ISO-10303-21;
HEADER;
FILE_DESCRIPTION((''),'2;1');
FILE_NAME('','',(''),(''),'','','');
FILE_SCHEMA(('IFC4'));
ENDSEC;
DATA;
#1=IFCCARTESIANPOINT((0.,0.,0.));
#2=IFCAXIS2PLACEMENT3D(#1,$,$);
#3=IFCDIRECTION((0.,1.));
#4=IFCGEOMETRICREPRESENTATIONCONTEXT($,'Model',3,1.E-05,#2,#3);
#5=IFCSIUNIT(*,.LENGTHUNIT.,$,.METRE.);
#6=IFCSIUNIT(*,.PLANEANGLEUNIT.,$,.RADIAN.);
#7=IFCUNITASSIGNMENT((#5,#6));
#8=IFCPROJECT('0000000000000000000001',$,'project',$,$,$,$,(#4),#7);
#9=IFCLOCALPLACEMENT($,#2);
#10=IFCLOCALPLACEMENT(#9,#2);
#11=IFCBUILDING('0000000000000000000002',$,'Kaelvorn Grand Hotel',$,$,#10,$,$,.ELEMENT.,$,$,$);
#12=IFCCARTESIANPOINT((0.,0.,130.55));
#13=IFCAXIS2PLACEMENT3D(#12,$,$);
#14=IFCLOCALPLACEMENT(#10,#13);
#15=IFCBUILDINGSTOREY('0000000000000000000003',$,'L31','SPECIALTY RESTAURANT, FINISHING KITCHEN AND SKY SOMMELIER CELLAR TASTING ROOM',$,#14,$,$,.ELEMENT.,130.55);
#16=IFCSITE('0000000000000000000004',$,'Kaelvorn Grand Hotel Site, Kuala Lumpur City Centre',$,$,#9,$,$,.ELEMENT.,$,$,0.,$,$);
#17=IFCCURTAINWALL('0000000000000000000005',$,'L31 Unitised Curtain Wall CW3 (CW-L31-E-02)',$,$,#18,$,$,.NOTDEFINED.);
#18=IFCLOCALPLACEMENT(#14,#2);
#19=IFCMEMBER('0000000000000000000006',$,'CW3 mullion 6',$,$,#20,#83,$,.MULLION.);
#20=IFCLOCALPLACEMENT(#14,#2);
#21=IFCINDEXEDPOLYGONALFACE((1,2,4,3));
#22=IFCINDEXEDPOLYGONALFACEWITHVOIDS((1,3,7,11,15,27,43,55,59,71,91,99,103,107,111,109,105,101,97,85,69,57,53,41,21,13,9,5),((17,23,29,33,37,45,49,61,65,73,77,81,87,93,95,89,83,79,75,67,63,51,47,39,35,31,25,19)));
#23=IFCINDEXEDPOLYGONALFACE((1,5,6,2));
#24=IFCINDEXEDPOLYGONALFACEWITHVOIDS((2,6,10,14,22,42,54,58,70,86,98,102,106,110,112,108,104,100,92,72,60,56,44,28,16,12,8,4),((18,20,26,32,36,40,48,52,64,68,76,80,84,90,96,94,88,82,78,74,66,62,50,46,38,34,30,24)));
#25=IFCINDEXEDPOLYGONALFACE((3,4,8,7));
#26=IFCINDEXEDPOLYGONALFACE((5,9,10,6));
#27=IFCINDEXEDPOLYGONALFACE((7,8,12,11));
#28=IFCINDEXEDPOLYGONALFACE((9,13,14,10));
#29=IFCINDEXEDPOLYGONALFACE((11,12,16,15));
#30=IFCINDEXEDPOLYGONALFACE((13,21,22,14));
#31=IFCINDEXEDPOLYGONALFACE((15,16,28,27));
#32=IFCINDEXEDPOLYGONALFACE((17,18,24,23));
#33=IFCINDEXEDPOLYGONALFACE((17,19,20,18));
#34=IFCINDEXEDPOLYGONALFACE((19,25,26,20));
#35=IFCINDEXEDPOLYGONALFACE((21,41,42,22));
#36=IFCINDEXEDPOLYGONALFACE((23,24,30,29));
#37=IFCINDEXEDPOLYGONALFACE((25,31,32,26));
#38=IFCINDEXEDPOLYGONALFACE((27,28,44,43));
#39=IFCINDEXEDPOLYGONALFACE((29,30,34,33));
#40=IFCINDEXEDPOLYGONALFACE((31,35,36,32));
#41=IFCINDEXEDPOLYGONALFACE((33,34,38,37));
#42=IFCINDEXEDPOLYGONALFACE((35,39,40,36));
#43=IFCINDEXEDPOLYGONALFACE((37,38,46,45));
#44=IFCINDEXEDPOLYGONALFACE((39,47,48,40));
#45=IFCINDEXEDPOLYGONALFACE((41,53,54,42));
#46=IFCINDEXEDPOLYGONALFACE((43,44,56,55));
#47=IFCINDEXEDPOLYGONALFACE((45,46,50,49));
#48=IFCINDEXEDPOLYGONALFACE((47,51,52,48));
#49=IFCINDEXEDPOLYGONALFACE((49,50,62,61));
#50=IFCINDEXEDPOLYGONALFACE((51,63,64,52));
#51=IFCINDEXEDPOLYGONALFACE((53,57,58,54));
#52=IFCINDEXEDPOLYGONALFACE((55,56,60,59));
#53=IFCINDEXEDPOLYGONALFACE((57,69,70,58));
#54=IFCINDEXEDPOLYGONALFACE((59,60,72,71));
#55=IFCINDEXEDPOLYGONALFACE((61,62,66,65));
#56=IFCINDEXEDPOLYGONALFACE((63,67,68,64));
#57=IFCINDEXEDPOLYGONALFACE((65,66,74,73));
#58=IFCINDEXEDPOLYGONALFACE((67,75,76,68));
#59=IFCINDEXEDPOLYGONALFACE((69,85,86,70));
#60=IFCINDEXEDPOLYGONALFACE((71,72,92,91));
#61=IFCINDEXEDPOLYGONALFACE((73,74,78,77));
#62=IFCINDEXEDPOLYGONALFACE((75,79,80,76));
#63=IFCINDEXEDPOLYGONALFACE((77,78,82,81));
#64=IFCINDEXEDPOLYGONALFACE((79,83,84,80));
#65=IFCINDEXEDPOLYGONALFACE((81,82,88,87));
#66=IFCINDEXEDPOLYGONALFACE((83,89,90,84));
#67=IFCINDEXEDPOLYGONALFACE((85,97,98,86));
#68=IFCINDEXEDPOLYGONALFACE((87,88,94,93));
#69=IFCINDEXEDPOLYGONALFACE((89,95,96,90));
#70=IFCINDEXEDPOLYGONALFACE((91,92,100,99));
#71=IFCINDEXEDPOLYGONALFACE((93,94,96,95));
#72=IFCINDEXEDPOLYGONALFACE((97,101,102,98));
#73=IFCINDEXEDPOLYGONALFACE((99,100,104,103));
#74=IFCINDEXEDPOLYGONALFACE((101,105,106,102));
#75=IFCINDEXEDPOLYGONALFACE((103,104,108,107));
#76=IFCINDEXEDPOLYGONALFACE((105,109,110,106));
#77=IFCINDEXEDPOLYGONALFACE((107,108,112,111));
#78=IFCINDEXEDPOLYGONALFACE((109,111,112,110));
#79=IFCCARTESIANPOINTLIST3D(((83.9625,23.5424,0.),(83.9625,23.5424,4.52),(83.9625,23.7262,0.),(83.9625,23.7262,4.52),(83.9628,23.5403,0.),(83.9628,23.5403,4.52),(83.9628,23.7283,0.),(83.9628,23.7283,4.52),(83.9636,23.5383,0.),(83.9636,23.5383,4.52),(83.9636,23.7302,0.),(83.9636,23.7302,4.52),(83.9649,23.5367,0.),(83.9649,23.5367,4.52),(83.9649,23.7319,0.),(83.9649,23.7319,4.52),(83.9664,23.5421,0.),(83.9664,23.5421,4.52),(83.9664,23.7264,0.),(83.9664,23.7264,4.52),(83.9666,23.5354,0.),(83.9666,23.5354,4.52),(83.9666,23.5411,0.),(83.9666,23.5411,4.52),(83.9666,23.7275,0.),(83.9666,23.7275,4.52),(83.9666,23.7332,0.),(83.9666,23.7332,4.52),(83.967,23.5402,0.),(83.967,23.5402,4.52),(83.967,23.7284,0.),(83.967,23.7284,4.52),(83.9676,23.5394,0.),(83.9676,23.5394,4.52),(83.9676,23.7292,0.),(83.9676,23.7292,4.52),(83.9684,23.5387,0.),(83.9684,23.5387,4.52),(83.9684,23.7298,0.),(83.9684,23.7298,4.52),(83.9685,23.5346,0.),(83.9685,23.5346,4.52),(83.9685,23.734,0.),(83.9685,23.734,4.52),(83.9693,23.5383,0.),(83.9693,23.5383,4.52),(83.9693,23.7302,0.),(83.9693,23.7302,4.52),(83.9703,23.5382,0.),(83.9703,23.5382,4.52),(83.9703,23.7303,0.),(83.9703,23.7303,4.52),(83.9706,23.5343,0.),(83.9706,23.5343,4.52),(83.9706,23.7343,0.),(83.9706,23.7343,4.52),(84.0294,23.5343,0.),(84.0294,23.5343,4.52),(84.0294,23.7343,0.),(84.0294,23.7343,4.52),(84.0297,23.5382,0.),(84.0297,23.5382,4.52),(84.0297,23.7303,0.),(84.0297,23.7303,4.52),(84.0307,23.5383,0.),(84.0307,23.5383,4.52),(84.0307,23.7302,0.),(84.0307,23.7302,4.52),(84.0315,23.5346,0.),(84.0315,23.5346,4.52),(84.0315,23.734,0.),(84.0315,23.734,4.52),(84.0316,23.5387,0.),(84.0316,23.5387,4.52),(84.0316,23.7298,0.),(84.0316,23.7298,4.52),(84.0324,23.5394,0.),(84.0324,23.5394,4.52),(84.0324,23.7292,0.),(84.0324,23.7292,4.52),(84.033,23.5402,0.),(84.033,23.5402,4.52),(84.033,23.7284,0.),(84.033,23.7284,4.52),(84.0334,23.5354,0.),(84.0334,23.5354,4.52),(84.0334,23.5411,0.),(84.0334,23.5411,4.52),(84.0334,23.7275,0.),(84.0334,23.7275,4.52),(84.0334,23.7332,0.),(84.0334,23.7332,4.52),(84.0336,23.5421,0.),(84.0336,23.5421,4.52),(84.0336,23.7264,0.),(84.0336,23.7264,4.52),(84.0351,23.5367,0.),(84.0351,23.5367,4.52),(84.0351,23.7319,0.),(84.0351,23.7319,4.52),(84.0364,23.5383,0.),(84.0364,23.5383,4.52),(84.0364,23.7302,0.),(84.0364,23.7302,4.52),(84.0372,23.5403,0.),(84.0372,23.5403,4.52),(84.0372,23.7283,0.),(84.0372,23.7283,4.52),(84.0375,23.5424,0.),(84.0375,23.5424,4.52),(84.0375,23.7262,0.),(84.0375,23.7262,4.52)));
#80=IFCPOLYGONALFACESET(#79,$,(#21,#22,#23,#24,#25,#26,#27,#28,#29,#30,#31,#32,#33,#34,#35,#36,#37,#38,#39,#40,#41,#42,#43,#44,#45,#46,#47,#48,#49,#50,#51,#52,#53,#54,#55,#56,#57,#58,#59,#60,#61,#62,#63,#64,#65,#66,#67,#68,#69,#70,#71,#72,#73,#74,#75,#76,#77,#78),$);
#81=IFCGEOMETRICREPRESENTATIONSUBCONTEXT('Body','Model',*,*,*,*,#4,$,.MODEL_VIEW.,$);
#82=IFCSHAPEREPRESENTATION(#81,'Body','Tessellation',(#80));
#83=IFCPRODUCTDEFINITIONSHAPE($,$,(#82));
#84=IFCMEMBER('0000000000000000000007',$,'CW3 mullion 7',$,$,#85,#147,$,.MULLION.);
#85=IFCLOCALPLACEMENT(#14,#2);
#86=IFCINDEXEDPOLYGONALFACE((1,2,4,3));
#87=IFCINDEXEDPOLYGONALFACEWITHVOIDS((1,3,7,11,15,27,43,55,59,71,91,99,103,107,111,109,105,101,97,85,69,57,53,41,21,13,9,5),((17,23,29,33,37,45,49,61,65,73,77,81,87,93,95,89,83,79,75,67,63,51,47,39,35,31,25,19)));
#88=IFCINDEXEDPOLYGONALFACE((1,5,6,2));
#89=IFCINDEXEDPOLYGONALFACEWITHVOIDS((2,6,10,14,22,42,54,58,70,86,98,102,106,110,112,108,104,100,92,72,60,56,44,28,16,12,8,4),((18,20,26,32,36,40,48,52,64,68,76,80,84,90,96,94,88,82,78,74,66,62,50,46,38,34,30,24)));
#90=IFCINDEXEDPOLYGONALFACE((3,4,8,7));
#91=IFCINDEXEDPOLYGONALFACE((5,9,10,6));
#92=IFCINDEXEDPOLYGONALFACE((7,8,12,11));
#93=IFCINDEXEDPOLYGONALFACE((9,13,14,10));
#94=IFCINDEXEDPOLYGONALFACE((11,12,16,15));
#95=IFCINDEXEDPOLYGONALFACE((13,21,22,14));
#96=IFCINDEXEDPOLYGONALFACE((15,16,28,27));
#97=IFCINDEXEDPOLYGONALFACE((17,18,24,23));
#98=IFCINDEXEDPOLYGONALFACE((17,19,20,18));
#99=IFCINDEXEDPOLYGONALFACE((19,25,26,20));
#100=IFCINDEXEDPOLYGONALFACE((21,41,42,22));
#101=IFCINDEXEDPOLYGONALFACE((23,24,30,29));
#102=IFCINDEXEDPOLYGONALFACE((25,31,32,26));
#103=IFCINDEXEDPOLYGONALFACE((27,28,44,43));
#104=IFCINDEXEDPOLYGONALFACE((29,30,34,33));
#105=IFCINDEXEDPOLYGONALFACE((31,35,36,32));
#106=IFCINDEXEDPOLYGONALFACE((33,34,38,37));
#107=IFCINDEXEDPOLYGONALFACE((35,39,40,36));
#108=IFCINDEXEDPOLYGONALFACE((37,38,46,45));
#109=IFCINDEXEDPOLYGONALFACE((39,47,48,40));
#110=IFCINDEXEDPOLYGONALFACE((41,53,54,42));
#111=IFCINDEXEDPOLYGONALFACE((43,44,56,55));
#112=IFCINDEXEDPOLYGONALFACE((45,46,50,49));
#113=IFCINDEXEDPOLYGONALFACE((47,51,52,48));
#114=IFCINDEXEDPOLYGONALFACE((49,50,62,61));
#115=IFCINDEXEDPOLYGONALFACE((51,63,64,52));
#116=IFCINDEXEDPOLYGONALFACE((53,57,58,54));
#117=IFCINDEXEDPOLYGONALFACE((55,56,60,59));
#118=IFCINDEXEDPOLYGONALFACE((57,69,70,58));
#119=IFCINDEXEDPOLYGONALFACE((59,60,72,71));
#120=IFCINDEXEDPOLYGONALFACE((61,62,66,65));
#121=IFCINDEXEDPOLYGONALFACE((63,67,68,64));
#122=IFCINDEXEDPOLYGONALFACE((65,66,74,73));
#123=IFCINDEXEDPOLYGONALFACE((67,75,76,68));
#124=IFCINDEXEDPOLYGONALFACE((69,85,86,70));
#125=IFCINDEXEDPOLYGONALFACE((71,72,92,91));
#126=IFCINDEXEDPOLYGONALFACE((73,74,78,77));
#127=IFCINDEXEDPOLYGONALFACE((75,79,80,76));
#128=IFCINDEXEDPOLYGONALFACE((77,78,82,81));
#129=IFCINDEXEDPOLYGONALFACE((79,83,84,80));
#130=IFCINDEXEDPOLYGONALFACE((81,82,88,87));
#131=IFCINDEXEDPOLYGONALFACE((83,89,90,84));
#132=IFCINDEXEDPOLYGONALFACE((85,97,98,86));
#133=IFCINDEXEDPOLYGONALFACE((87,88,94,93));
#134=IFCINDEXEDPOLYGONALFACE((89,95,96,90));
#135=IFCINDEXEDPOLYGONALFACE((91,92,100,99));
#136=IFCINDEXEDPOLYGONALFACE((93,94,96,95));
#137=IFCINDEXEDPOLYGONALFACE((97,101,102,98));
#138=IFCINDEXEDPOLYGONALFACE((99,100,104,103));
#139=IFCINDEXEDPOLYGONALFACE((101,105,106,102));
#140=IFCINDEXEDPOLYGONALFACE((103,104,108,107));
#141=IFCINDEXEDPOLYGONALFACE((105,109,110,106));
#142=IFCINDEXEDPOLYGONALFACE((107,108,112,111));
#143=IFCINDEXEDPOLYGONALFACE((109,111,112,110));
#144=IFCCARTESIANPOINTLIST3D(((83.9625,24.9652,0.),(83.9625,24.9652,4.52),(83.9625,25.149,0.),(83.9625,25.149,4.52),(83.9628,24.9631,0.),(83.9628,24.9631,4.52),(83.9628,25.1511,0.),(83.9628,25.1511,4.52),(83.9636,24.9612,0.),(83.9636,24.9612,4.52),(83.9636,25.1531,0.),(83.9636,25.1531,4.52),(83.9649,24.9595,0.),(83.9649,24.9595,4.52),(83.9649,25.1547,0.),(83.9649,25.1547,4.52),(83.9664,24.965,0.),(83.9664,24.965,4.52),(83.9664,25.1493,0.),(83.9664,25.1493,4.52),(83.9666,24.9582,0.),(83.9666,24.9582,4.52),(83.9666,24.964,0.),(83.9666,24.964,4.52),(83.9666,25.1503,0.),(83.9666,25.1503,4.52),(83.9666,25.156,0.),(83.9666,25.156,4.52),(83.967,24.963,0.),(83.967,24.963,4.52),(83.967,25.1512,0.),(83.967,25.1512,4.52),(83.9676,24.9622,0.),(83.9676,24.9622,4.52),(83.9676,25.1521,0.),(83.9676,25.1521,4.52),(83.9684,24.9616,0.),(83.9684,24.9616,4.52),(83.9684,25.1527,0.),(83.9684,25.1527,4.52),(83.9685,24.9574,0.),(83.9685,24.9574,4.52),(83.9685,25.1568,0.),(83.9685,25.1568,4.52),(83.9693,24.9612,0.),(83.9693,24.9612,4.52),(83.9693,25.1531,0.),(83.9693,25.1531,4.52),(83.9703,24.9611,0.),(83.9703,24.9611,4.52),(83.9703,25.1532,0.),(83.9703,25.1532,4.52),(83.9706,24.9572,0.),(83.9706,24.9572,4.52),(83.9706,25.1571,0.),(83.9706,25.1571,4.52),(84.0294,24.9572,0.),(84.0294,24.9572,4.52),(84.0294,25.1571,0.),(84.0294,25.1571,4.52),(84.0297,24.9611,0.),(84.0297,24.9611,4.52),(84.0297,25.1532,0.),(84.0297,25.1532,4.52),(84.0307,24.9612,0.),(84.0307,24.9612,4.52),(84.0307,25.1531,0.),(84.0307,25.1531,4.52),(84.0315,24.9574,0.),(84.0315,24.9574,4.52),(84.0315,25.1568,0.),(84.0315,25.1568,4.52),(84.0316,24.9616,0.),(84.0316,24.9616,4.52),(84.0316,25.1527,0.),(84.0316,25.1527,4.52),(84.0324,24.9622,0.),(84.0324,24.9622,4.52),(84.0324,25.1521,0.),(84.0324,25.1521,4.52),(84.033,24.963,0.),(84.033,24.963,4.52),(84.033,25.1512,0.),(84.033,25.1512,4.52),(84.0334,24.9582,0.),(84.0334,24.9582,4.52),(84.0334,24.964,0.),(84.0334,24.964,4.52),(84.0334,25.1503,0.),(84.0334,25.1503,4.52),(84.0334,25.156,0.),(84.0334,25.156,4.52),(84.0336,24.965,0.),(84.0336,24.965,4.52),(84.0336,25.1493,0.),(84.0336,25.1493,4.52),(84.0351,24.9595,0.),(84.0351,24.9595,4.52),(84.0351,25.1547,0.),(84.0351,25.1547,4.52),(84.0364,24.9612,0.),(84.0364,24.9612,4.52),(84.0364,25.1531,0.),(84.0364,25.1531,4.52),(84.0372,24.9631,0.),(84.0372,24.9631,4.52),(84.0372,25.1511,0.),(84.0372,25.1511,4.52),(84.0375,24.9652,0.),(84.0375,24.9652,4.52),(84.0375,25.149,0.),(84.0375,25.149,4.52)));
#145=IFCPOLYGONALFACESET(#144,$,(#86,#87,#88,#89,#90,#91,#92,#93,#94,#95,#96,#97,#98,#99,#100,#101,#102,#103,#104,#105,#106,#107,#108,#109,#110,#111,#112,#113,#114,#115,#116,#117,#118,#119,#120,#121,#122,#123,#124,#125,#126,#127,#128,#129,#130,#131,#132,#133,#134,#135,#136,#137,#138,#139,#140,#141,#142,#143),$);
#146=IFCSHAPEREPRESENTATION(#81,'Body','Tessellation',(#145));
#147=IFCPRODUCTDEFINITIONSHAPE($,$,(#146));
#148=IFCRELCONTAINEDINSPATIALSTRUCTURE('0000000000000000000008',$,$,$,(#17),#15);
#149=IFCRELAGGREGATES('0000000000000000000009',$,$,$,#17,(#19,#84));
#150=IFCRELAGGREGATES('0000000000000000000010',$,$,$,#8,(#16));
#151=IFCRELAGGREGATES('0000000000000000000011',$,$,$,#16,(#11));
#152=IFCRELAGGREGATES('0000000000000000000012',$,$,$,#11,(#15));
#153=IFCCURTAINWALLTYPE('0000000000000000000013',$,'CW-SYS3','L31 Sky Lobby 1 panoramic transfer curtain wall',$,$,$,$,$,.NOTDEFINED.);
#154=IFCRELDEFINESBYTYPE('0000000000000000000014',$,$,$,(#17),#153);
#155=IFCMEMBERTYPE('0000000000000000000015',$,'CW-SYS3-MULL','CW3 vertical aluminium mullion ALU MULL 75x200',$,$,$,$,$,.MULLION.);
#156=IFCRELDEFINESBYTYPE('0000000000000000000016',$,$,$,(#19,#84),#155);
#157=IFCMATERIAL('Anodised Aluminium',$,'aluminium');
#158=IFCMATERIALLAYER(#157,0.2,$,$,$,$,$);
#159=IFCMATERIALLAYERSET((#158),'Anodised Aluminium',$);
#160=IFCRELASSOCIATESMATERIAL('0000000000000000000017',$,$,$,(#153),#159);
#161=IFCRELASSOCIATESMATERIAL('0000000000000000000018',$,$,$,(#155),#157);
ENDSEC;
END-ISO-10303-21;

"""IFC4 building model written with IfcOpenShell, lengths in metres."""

from ifc_helpers import new_model, si_unit, direction, frame, origin, origin_2d, place, context, subcontext, project, spatial, hollow_rectangle, extrude, material, layer, layer_set, material_profile, profile_set, type_object, element, aggregate, save


model = new_model("IFC4")

# Units and contexts
model_context = context("Model", 3, precision=1e-05, world=origin(), true_north=direction((0.0, 1.0)))
body_context = subcontext(model_context, "Body", "Model", "MODEL_VIEW")
ifc_project = project(units=[si_unit("LENGTHUNIT", "METRE"), si_unit("PLANEANGLEUNIT", "RADIAN")], contexts=[model_context])

# Site, building, storey
site_placement = place(None, origin())
site = spatial("IfcSite", under=ifc_project, at=site_placement, Name="Kaelvorn Grand Hotel Site, Kuala Lumpur City Centre", CompositionType="ELEMENT", RefElevation=0.0)
building_placement = place(site_placement, origin())
building = spatial("IfcBuilding", under=site, at=building_placement, Name="Kaelvorn Grand Hotel", CompositionType="ELEMENT")
storey_placement = place(building_placement, frame((0.0, 0.0, 130.55)))
storey = spatial("IfcBuildingStorey", under=building, at=storey_placement, Name="L31", Description="SPECIALTY RESTAURANT, FINISHING KITCHEN AND SKY SOMMELIER CELLAR TASTING ROOM", CompositionType="ELEMENT", Elevation=130.55)

# Curtain wall, members
ifc_material_1 = material(Name="Anodised Aluminium", Category="aluminium")
ifc_layer_1 = layer(ifc_material_1, 0.2)
ifc_layer_set_1 = layer_set([ifc_layer_1], Name="Anodised Aluminium")
curtain_wall_type = type_object("IfcCurtainWallType", Name="CW-SYS3", Description="L31 Sky Lobby 1 panoramic transfer curtain wall", PredefinedType="NOTDEFINED", material=ifc_layer_set_1)
curtain_wall_placement = place(storey_placement, origin())
curtain_wall = element("IfcCurtainWall", 1, at=curtain_wall_placement, inside=storey, type_object=curtain_wall_type, Name="L31 Unitised Curtain Wall CW3 (CW-L31-E-02)", PredefinedType="NOTDEFINED")
ifc_material_profile_1 = material_profile(ifc_material_1, hollow_rectangle(XDim=0.075, YDim=0.2, WallThickness=0.0039, InnerFilletRadius=0.0039, OuterFilletRadius=0.0081, at=origin_2d()), Name="ALU MULL 75x200")
ifc_profile_set_1 = profile_set([ifc_material_profile_1], Name="Anodised Aluminium")
member_type_1 = type_object("IfcMemberType", Name="CW-SYS3-MULL", Description="CW3 vertical aluminium mullion ALU MULL 75x200", PredefinedType="MULLION", material=ifc_profile_set_1)
member_1_placement = place(storey_placement, frame((84.0, 23.6343, 0.0), z_axis=(0.0, 0.0, 1.0), x_axis=(-1.0, 0.0, 0.0)))
member_1 = element("IfcMember", 2, at=member_1_placement, type_object=member_type_1, Name="CW3 mullion 6", PredefinedType="MULLION", context=body_context, shape_type="SweptSolid", body=[
    extrude(hollow_rectangle(XDim=0.075, YDim=0.2, WallThickness=0.0039, InnerFilletRadius=0.0039, OuterFilletRadius=0.0081, at=origin_2d()), origin(), (0.0, 0.0, 1.0), 4.52),
])
member_2_placement = place(storey_placement, frame((84.0, 25.0571, 0.0), z_axis=(0.0, 0.0, 1.0), x_axis=(-1.0, 0.0, 0.0)))
member_2 = element("IfcMember", 3, at=member_2_placement, type_object=member_type_1, Name="CW3 mullion 7", PredefinedType="MULLION", context=body_context, shape_type="SweptSolid", body=[
    extrude(hollow_rectangle(XDim=0.075, YDim=0.2, WallThickness=0.0039, InnerFilletRadius=0.0039, OuterFilletRadius=0.0081, at=origin_2d()), origin(), (0.0, 0.0, 1.0), 4.52),
])
aggregate(curtain_wall, [member_1, member_2])

save(model, "model.ifc")
